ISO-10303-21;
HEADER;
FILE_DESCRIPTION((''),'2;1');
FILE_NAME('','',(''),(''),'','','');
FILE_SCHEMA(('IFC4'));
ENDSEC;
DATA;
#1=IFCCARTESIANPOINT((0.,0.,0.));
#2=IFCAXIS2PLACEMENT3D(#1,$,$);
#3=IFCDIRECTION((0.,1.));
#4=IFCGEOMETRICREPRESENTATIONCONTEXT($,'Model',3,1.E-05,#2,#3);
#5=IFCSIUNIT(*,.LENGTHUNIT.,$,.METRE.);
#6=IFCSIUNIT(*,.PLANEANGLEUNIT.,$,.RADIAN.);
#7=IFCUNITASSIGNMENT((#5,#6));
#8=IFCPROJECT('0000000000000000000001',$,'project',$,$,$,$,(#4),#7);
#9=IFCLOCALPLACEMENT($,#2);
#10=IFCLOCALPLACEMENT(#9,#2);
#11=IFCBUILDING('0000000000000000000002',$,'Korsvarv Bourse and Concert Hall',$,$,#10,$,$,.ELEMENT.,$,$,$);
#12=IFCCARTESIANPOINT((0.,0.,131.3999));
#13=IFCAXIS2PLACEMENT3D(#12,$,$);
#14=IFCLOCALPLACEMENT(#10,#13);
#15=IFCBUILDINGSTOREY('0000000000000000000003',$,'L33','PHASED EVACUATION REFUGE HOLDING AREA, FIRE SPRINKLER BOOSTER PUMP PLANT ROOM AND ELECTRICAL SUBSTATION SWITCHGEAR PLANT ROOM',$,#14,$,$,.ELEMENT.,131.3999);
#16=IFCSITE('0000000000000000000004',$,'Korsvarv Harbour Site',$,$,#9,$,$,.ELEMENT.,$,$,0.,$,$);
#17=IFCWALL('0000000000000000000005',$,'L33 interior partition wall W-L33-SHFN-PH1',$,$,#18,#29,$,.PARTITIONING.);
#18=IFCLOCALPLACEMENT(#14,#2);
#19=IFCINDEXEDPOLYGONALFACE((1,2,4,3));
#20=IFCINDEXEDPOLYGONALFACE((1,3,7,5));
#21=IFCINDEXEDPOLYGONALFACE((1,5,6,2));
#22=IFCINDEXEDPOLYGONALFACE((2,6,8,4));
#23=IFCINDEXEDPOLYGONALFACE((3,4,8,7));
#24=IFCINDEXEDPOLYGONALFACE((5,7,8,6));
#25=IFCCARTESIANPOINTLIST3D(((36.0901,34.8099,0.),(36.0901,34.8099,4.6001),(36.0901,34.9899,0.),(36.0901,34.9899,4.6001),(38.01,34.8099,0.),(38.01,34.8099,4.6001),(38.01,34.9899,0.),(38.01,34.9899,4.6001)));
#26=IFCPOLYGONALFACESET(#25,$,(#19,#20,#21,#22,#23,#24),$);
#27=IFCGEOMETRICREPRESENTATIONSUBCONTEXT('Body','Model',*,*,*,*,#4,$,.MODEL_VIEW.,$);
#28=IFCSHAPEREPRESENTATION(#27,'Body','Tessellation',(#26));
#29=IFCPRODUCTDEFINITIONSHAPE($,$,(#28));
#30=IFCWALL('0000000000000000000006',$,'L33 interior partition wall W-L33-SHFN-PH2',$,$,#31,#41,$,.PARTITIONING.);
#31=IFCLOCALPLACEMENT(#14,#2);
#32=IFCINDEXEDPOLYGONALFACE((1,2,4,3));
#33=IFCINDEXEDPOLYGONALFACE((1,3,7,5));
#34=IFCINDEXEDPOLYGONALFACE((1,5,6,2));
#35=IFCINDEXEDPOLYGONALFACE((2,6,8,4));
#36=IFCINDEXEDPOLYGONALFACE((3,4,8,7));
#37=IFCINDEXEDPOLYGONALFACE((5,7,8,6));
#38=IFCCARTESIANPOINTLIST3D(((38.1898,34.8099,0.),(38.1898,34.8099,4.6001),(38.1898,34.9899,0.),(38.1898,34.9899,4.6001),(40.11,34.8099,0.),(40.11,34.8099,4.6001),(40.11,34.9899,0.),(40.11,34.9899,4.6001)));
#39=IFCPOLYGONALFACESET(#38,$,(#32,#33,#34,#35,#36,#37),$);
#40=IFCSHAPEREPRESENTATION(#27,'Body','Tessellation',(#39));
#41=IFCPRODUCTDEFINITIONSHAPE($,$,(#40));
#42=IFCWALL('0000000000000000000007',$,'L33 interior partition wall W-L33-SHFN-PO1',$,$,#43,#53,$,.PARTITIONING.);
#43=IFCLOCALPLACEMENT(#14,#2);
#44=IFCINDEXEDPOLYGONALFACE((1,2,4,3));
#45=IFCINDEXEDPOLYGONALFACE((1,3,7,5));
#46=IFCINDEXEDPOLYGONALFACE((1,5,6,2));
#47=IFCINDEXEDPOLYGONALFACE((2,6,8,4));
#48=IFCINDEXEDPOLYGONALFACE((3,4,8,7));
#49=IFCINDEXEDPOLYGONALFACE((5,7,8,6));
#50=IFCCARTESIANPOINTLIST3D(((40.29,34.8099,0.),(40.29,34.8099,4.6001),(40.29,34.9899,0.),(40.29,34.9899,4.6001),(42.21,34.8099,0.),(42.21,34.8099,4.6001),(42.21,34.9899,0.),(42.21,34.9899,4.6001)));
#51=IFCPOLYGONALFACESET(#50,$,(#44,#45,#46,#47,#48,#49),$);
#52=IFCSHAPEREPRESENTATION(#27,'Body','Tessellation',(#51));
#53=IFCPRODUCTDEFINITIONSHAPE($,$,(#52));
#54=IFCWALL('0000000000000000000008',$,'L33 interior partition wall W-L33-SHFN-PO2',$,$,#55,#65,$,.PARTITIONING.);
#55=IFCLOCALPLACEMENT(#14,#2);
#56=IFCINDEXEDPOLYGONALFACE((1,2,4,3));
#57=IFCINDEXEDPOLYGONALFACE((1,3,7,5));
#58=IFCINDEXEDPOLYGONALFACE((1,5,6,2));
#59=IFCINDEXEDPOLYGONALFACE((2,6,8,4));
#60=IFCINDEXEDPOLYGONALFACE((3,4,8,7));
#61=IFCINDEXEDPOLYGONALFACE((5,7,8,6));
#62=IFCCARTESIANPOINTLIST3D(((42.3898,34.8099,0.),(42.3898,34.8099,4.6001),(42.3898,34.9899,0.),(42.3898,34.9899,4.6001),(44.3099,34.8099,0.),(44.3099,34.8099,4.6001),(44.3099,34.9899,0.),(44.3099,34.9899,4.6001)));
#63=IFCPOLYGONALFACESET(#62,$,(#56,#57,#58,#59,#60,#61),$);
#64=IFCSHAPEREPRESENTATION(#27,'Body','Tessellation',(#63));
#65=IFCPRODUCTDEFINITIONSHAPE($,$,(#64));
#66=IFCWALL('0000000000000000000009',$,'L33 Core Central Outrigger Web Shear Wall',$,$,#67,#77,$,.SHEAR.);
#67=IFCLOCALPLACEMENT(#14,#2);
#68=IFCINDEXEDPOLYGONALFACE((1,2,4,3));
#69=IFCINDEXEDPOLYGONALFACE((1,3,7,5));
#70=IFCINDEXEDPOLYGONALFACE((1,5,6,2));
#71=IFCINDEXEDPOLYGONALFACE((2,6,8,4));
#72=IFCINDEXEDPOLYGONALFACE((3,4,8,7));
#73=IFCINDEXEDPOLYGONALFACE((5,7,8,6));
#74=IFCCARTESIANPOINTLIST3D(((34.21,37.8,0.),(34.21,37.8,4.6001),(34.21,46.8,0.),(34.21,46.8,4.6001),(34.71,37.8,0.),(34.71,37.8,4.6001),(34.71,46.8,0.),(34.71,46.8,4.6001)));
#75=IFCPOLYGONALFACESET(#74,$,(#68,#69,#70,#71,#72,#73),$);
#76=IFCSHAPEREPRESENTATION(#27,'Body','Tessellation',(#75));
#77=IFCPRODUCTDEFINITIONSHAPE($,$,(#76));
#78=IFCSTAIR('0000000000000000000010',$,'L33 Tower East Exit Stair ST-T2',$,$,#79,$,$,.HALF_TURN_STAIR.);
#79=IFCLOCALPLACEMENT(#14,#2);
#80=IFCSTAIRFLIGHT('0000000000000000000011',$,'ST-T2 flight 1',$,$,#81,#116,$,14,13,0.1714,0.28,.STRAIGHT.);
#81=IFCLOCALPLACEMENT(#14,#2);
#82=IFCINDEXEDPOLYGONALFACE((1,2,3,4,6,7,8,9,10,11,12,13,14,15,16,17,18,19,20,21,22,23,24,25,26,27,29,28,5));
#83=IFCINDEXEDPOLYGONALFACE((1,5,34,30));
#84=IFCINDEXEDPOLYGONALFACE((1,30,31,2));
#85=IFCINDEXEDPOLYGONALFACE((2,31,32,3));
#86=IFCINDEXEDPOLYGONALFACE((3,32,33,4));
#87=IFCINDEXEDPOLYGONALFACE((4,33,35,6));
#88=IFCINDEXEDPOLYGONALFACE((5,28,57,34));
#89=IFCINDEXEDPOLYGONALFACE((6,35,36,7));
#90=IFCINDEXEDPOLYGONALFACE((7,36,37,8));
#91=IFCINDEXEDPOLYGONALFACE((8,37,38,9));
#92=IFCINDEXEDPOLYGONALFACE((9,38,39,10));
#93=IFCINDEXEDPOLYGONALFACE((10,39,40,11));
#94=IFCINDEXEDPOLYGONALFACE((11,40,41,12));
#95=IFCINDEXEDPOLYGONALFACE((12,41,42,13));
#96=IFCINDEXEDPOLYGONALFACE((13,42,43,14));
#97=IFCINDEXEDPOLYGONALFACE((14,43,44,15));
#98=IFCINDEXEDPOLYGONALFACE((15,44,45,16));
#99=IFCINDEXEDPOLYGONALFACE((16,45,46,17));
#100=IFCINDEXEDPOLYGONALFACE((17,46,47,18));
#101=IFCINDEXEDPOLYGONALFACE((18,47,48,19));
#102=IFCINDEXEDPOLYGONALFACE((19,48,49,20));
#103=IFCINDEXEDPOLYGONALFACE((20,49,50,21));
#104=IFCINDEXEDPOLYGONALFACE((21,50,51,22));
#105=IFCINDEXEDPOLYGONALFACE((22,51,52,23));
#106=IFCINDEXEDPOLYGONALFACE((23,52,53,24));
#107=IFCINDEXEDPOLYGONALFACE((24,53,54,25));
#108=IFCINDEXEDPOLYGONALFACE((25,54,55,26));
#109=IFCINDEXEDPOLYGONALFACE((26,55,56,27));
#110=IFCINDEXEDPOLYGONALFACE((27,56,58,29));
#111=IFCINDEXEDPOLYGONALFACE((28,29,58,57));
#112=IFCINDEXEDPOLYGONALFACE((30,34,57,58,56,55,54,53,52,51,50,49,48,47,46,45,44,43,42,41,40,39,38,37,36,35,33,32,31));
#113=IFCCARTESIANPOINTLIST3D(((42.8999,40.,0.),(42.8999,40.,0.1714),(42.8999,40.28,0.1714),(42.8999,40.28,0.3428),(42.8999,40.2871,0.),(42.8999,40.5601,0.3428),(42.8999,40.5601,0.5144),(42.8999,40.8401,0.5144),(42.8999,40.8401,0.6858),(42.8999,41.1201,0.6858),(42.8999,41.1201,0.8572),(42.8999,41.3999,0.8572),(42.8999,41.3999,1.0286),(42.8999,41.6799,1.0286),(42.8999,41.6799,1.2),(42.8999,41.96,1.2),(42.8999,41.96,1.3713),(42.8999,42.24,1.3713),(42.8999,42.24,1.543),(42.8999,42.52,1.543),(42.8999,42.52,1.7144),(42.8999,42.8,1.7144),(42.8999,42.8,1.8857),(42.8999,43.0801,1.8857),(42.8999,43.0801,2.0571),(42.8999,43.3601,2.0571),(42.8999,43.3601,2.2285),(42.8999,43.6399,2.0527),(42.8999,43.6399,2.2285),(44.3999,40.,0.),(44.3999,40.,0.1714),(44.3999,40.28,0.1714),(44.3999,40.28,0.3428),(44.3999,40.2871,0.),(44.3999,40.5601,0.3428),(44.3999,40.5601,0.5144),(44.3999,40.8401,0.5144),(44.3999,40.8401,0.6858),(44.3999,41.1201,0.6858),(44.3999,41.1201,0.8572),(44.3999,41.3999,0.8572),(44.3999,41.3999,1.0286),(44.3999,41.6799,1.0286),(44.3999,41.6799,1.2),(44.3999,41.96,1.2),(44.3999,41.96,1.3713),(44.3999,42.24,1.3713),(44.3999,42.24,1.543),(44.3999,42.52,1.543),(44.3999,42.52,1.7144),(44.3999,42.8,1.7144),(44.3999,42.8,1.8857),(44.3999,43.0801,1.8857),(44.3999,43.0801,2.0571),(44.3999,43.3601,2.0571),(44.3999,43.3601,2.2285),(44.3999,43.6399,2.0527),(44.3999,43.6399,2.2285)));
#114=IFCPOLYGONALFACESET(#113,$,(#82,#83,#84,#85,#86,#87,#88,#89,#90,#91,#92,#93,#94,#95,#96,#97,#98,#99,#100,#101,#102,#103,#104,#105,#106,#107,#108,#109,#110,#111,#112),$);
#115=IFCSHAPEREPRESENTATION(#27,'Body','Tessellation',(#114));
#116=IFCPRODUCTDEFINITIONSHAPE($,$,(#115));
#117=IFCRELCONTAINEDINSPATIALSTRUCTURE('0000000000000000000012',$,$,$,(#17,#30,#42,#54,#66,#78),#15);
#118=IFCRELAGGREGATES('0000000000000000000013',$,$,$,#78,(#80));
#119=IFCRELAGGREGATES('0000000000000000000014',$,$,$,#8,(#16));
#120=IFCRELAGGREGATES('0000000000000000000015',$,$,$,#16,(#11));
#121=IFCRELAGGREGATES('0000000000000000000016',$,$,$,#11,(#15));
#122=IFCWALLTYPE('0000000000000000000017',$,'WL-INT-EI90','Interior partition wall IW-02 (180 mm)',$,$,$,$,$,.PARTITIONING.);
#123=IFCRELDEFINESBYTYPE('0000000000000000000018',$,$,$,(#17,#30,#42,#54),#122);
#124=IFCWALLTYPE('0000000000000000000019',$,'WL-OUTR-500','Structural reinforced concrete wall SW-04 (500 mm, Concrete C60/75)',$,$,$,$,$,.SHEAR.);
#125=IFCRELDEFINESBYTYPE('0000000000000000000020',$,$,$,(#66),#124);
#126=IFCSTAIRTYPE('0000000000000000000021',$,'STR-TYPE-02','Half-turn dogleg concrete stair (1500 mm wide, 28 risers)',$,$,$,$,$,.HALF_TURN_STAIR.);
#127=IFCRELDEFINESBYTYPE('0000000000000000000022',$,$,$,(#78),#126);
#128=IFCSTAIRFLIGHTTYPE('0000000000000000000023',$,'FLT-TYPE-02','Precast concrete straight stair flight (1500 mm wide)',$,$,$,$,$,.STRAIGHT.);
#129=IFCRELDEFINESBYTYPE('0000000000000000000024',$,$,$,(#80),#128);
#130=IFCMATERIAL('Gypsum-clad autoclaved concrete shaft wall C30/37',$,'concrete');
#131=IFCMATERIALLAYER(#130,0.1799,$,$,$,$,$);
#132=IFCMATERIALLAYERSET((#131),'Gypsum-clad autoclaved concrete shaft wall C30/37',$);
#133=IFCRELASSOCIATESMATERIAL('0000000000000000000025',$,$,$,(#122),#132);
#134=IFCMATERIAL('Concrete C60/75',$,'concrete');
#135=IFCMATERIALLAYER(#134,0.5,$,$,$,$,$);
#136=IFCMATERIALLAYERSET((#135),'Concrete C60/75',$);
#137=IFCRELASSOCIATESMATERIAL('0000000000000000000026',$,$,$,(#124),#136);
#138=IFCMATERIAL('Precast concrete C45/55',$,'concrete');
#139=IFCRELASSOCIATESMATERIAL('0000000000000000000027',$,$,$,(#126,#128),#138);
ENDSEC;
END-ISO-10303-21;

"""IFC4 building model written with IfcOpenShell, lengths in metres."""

from ifc_helpers import new_model, si_unit, direction, frame, frame_2d, origin, place, context, subcontext, project, spatial, polyline, rectangle, outline, extrude, material, layer, layer_set, type_object, element, aggregate, save


model = new_model("IFC4")

# Units and contexts
model_context = context("Model", 3, precision=1e-05, world=origin(), true_north=direction((0.0, 1.0)))
body_context = subcontext(model_context, "Body", "Model", "MODEL_VIEW")
ifc_project = project(units=[si_unit("LENGTHUNIT", "METRE"), si_unit("PLANEANGLEUNIT", "RADIAN")], contexts=[model_context])

# Site, building, storey
site_placement = place(None, origin())
site = spatial("IfcSite", under=ifc_project, at=site_placement, Name="Korsvarv Harbour Site", CompositionType="ELEMENT", RefElevation=0.0)
building_placement = place(site_placement, origin())
building = spatial("IfcBuilding", under=site, at=building_placement, Name="Korsvarv Bourse and Concert Hall", CompositionType="ELEMENT")
storey_placement = place(building_placement, frame((0.0, 0.0, 131.3999)))
storey = spatial("IfcBuildingStorey", under=building, at=storey_placement, Name="L33", Description="PHASED EVACUATION REFUGE HOLDING AREA, FIRE SPRINKLER BOOSTER PUMP PLANT ROOM AND ELECTRICAL SUBSTATION SWITCHGEAR PLANT ROOM", CompositionType="ELEMENT", Elevation=131.3999)

# Shared definitions
ifc_material_1 = material(Name="Concrete C60/75", Category="concrete")

# Walls
ifc_material_2 = material(Name="Gypsum-clad autoclaved concrete shaft wall C30/37", Category="concrete")
ifc_layer_1 = layer(ifc_material_2, 0.1799)
ifc_layer_set_1 = layer_set([ifc_layer_1], Name="Gypsum-clad autoclaved concrete shaft wall C30/37")
wall_type_1 = type_object("IfcWallType", Name="WL-INT-EI90", Description="Interior partition wall IW-02 (180 mm)", PredefinedType="PARTITIONING", material=ifc_layer_set_1)
wall_1_placement = place(storey_placement, frame((36.0901, 34.8999, 0.0), z_axis=(0.0, 0.0, 1.0), x_axis=(1.0, 0.0, 0.0)))
element("IfcWall", 1, at=wall_1_placement, inside=storey, type_object=wall_type_1, Name="L33 interior partition wall W-L33-SHFN-PH1", PredefinedType="PARTITIONING", context=body_context, shape_type="SweptSolid", body=[
    extrude(rectangle(XDim=1.9199, YDim=0.1799, at=frame_2d((0.96, 0.0))), origin(), (0.0, 0.0, 1.0), 4.6001),
])
wall_2_placement = place(storey_placement, frame((38.1899, 34.8999, 0.0), z_axis=(0.0, 0.0, 1.0), x_axis=(1.0, 0.0, 0.0)))
element("IfcWall", 2, at=wall_2_placement, inside=storey, type_object=wall_type_1, Name="L33 interior partition wall W-L33-SHFN-PH2", PredefinedType="PARTITIONING", context=body_context, shape_type="SweptSolid", body=[
    extrude(rectangle(XDim=1.9202, YDim=0.1799, at=frame_2d((0.96, 0.0))), origin(), (0.0, 0.0, 1.0), 4.6001),
])
wall_3_placement = place(storey_placement, frame((40.29, 34.8999, 0.0), z_axis=(0.0, 0.0, 1.0), x_axis=(1.0, 0.0, 0.0)))
element("IfcWall", 3, at=wall_3_placement, inside=storey, type_object=wall_type_1, Name="L33 interior partition wall W-L33-SHFN-PO1", PredefinedType="PARTITIONING", context=body_context, shape_type="SweptSolid", body=[
    extrude(rectangle(XDim=1.9199, YDim=0.1799, at=frame_2d((0.96, 0.0))), origin(), (0.0, 0.0, 1.0), 4.6001),
])
wall_4_placement = place(storey_placement, frame((42.3899, 34.8999, 0.0), z_axis=(0.0, 0.0, 1.0), x_axis=(1.0, 0.0, 0.0)))
element("IfcWall", 4, at=wall_4_placement, inside=storey, type_object=wall_type_1, Name="L33 interior partition wall W-L33-SHFN-PO2", PredefinedType="PARTITIONING", context=body_context, shape_type="SweptSolid", body=[
    extrude(rectangle(XDim=1.9202, YDim=0.1799, at=frame_2d((0.96, 0.0))), origin(), (0.0, 0.0, 1.0), 4.6001),
])
ifc_layer_2 = layer(ifc_material_1, 0.5)
ifc_layer_set_2 = layer_set([ifc_layer_2], Name="Concrete C60/75")
wall_type_2 = type_object("IfcWallType", Name="WL-OUTR-500", Description="Structural reinforced concrete wall SW-04 (500 mm, Concrete C60/75)", PredefinedType="SHEAR", material=ifc_layer_set_2)
wall_5_placement = place(storey_placement, frame((34.46, 37.8, 0.0), z_axis=(0.0, 0.0, 1.0), x_axis=(0.0, 1.0, 0.0)))
element("IfcWall", 5, at=wall_5_placement, inside=storey, type_object=wall_type_2, Name="L33 Core Central Outrigger Web Shear Wall", PredefinedType="SHEAR", context=body_context, shape_type="SweptSolid", body=[
    extrude(rectangle(XDim=9.0, YDim=0.5, at=frame_2d((4.5, 0.0))), origin(), (0.0, 0.0, 1.0), 4.6001),
])

# Stair, stair flight
ifc_material_3 = material(Name="Precast concrete C45/55", Category="concrete")
stair_type = type_object("IfcStairType", Name="STR-TYPE-02", Description="Half-turn dogleg concrete stair (1500 mm wide, 28 risers)", PredefinedType="HALF_TURN_STAIR", material=ifc_material_3)
stair_placement = place(storey_placement, origin())
stair = element("IfcStair", 6, at=stair_placement, inside=storey, type_object=stair_type, Name="L33 Tower East Exit Stair ST-T2", PredefinedType="HALF_TURN_STAIR")
stair_flight_type = type_object("IfcStairFlightType", Name="FLT-TYPE-02", Description="Precast concrete straight stair flight (1500 mm wide)", PredefinedType="STRAIGHT", material=ifc_material_3)
stair_flight_placement = place(storey_placement, frame((43.6499, 40.0, 0.0), z_axis=(0.0, 0.0, 1.0), x_axis=(0.0, 1.0, 0.0)))
stair_flight = element("IfcStairFlight", 7, at=stair_flight_placement, type_object=stair_flight_type, Name="ST-T2 flight 1", NumberOfRisers=14, NumberOfTreads=13, PredefinedType="STRAIGHT", RiserHeight=0.1714, TreadLength=0.28, context=body_context, shape_type="SweptSolid", body=[
    extrude(outline(polyline([(0.0, 0.0), (0.0, 0.1714), (0.28, 0.1714), (0.28, 0.3428), (0.5601, 0.3428), (0.5601, 0.5144), (0.8401, 0.5144), (0.8401, 0.6858), (1.1201, 0.6858), (1.1201, 0.8572), (1.3999, 0.8572), (1.3999, 1.0286), (1.6799, 1.0286), (1.6799, 1.2), (1.96, 1.2), (1.96, 1.3713), (2.24, 1.3713), (2.24, 1.543), (2.52, 1.543), (2.52, 1.7144), (2.8, 1.7144), (2.8, 1.8857), (3.0801, 1.8857), (3.0801, 2.0571), (3.3601, 2.0571), (3.3601, 2.2285), (3.6399, 2.2285), (3.6399, 2.3999), (3.6399, 2.0527), (0.2871, 0.0), (0.0, 0.0)])), frame((0.0, 0.75, 0.0), z_axis=(0.0, -1.0, 0.0), x_axis=(1.0, 0.0, 0.0)), (0.0, 0.0, 1.0), 1.5),
])
aggregate(stair, [stair_flight])

save(model, "model.ifc")
